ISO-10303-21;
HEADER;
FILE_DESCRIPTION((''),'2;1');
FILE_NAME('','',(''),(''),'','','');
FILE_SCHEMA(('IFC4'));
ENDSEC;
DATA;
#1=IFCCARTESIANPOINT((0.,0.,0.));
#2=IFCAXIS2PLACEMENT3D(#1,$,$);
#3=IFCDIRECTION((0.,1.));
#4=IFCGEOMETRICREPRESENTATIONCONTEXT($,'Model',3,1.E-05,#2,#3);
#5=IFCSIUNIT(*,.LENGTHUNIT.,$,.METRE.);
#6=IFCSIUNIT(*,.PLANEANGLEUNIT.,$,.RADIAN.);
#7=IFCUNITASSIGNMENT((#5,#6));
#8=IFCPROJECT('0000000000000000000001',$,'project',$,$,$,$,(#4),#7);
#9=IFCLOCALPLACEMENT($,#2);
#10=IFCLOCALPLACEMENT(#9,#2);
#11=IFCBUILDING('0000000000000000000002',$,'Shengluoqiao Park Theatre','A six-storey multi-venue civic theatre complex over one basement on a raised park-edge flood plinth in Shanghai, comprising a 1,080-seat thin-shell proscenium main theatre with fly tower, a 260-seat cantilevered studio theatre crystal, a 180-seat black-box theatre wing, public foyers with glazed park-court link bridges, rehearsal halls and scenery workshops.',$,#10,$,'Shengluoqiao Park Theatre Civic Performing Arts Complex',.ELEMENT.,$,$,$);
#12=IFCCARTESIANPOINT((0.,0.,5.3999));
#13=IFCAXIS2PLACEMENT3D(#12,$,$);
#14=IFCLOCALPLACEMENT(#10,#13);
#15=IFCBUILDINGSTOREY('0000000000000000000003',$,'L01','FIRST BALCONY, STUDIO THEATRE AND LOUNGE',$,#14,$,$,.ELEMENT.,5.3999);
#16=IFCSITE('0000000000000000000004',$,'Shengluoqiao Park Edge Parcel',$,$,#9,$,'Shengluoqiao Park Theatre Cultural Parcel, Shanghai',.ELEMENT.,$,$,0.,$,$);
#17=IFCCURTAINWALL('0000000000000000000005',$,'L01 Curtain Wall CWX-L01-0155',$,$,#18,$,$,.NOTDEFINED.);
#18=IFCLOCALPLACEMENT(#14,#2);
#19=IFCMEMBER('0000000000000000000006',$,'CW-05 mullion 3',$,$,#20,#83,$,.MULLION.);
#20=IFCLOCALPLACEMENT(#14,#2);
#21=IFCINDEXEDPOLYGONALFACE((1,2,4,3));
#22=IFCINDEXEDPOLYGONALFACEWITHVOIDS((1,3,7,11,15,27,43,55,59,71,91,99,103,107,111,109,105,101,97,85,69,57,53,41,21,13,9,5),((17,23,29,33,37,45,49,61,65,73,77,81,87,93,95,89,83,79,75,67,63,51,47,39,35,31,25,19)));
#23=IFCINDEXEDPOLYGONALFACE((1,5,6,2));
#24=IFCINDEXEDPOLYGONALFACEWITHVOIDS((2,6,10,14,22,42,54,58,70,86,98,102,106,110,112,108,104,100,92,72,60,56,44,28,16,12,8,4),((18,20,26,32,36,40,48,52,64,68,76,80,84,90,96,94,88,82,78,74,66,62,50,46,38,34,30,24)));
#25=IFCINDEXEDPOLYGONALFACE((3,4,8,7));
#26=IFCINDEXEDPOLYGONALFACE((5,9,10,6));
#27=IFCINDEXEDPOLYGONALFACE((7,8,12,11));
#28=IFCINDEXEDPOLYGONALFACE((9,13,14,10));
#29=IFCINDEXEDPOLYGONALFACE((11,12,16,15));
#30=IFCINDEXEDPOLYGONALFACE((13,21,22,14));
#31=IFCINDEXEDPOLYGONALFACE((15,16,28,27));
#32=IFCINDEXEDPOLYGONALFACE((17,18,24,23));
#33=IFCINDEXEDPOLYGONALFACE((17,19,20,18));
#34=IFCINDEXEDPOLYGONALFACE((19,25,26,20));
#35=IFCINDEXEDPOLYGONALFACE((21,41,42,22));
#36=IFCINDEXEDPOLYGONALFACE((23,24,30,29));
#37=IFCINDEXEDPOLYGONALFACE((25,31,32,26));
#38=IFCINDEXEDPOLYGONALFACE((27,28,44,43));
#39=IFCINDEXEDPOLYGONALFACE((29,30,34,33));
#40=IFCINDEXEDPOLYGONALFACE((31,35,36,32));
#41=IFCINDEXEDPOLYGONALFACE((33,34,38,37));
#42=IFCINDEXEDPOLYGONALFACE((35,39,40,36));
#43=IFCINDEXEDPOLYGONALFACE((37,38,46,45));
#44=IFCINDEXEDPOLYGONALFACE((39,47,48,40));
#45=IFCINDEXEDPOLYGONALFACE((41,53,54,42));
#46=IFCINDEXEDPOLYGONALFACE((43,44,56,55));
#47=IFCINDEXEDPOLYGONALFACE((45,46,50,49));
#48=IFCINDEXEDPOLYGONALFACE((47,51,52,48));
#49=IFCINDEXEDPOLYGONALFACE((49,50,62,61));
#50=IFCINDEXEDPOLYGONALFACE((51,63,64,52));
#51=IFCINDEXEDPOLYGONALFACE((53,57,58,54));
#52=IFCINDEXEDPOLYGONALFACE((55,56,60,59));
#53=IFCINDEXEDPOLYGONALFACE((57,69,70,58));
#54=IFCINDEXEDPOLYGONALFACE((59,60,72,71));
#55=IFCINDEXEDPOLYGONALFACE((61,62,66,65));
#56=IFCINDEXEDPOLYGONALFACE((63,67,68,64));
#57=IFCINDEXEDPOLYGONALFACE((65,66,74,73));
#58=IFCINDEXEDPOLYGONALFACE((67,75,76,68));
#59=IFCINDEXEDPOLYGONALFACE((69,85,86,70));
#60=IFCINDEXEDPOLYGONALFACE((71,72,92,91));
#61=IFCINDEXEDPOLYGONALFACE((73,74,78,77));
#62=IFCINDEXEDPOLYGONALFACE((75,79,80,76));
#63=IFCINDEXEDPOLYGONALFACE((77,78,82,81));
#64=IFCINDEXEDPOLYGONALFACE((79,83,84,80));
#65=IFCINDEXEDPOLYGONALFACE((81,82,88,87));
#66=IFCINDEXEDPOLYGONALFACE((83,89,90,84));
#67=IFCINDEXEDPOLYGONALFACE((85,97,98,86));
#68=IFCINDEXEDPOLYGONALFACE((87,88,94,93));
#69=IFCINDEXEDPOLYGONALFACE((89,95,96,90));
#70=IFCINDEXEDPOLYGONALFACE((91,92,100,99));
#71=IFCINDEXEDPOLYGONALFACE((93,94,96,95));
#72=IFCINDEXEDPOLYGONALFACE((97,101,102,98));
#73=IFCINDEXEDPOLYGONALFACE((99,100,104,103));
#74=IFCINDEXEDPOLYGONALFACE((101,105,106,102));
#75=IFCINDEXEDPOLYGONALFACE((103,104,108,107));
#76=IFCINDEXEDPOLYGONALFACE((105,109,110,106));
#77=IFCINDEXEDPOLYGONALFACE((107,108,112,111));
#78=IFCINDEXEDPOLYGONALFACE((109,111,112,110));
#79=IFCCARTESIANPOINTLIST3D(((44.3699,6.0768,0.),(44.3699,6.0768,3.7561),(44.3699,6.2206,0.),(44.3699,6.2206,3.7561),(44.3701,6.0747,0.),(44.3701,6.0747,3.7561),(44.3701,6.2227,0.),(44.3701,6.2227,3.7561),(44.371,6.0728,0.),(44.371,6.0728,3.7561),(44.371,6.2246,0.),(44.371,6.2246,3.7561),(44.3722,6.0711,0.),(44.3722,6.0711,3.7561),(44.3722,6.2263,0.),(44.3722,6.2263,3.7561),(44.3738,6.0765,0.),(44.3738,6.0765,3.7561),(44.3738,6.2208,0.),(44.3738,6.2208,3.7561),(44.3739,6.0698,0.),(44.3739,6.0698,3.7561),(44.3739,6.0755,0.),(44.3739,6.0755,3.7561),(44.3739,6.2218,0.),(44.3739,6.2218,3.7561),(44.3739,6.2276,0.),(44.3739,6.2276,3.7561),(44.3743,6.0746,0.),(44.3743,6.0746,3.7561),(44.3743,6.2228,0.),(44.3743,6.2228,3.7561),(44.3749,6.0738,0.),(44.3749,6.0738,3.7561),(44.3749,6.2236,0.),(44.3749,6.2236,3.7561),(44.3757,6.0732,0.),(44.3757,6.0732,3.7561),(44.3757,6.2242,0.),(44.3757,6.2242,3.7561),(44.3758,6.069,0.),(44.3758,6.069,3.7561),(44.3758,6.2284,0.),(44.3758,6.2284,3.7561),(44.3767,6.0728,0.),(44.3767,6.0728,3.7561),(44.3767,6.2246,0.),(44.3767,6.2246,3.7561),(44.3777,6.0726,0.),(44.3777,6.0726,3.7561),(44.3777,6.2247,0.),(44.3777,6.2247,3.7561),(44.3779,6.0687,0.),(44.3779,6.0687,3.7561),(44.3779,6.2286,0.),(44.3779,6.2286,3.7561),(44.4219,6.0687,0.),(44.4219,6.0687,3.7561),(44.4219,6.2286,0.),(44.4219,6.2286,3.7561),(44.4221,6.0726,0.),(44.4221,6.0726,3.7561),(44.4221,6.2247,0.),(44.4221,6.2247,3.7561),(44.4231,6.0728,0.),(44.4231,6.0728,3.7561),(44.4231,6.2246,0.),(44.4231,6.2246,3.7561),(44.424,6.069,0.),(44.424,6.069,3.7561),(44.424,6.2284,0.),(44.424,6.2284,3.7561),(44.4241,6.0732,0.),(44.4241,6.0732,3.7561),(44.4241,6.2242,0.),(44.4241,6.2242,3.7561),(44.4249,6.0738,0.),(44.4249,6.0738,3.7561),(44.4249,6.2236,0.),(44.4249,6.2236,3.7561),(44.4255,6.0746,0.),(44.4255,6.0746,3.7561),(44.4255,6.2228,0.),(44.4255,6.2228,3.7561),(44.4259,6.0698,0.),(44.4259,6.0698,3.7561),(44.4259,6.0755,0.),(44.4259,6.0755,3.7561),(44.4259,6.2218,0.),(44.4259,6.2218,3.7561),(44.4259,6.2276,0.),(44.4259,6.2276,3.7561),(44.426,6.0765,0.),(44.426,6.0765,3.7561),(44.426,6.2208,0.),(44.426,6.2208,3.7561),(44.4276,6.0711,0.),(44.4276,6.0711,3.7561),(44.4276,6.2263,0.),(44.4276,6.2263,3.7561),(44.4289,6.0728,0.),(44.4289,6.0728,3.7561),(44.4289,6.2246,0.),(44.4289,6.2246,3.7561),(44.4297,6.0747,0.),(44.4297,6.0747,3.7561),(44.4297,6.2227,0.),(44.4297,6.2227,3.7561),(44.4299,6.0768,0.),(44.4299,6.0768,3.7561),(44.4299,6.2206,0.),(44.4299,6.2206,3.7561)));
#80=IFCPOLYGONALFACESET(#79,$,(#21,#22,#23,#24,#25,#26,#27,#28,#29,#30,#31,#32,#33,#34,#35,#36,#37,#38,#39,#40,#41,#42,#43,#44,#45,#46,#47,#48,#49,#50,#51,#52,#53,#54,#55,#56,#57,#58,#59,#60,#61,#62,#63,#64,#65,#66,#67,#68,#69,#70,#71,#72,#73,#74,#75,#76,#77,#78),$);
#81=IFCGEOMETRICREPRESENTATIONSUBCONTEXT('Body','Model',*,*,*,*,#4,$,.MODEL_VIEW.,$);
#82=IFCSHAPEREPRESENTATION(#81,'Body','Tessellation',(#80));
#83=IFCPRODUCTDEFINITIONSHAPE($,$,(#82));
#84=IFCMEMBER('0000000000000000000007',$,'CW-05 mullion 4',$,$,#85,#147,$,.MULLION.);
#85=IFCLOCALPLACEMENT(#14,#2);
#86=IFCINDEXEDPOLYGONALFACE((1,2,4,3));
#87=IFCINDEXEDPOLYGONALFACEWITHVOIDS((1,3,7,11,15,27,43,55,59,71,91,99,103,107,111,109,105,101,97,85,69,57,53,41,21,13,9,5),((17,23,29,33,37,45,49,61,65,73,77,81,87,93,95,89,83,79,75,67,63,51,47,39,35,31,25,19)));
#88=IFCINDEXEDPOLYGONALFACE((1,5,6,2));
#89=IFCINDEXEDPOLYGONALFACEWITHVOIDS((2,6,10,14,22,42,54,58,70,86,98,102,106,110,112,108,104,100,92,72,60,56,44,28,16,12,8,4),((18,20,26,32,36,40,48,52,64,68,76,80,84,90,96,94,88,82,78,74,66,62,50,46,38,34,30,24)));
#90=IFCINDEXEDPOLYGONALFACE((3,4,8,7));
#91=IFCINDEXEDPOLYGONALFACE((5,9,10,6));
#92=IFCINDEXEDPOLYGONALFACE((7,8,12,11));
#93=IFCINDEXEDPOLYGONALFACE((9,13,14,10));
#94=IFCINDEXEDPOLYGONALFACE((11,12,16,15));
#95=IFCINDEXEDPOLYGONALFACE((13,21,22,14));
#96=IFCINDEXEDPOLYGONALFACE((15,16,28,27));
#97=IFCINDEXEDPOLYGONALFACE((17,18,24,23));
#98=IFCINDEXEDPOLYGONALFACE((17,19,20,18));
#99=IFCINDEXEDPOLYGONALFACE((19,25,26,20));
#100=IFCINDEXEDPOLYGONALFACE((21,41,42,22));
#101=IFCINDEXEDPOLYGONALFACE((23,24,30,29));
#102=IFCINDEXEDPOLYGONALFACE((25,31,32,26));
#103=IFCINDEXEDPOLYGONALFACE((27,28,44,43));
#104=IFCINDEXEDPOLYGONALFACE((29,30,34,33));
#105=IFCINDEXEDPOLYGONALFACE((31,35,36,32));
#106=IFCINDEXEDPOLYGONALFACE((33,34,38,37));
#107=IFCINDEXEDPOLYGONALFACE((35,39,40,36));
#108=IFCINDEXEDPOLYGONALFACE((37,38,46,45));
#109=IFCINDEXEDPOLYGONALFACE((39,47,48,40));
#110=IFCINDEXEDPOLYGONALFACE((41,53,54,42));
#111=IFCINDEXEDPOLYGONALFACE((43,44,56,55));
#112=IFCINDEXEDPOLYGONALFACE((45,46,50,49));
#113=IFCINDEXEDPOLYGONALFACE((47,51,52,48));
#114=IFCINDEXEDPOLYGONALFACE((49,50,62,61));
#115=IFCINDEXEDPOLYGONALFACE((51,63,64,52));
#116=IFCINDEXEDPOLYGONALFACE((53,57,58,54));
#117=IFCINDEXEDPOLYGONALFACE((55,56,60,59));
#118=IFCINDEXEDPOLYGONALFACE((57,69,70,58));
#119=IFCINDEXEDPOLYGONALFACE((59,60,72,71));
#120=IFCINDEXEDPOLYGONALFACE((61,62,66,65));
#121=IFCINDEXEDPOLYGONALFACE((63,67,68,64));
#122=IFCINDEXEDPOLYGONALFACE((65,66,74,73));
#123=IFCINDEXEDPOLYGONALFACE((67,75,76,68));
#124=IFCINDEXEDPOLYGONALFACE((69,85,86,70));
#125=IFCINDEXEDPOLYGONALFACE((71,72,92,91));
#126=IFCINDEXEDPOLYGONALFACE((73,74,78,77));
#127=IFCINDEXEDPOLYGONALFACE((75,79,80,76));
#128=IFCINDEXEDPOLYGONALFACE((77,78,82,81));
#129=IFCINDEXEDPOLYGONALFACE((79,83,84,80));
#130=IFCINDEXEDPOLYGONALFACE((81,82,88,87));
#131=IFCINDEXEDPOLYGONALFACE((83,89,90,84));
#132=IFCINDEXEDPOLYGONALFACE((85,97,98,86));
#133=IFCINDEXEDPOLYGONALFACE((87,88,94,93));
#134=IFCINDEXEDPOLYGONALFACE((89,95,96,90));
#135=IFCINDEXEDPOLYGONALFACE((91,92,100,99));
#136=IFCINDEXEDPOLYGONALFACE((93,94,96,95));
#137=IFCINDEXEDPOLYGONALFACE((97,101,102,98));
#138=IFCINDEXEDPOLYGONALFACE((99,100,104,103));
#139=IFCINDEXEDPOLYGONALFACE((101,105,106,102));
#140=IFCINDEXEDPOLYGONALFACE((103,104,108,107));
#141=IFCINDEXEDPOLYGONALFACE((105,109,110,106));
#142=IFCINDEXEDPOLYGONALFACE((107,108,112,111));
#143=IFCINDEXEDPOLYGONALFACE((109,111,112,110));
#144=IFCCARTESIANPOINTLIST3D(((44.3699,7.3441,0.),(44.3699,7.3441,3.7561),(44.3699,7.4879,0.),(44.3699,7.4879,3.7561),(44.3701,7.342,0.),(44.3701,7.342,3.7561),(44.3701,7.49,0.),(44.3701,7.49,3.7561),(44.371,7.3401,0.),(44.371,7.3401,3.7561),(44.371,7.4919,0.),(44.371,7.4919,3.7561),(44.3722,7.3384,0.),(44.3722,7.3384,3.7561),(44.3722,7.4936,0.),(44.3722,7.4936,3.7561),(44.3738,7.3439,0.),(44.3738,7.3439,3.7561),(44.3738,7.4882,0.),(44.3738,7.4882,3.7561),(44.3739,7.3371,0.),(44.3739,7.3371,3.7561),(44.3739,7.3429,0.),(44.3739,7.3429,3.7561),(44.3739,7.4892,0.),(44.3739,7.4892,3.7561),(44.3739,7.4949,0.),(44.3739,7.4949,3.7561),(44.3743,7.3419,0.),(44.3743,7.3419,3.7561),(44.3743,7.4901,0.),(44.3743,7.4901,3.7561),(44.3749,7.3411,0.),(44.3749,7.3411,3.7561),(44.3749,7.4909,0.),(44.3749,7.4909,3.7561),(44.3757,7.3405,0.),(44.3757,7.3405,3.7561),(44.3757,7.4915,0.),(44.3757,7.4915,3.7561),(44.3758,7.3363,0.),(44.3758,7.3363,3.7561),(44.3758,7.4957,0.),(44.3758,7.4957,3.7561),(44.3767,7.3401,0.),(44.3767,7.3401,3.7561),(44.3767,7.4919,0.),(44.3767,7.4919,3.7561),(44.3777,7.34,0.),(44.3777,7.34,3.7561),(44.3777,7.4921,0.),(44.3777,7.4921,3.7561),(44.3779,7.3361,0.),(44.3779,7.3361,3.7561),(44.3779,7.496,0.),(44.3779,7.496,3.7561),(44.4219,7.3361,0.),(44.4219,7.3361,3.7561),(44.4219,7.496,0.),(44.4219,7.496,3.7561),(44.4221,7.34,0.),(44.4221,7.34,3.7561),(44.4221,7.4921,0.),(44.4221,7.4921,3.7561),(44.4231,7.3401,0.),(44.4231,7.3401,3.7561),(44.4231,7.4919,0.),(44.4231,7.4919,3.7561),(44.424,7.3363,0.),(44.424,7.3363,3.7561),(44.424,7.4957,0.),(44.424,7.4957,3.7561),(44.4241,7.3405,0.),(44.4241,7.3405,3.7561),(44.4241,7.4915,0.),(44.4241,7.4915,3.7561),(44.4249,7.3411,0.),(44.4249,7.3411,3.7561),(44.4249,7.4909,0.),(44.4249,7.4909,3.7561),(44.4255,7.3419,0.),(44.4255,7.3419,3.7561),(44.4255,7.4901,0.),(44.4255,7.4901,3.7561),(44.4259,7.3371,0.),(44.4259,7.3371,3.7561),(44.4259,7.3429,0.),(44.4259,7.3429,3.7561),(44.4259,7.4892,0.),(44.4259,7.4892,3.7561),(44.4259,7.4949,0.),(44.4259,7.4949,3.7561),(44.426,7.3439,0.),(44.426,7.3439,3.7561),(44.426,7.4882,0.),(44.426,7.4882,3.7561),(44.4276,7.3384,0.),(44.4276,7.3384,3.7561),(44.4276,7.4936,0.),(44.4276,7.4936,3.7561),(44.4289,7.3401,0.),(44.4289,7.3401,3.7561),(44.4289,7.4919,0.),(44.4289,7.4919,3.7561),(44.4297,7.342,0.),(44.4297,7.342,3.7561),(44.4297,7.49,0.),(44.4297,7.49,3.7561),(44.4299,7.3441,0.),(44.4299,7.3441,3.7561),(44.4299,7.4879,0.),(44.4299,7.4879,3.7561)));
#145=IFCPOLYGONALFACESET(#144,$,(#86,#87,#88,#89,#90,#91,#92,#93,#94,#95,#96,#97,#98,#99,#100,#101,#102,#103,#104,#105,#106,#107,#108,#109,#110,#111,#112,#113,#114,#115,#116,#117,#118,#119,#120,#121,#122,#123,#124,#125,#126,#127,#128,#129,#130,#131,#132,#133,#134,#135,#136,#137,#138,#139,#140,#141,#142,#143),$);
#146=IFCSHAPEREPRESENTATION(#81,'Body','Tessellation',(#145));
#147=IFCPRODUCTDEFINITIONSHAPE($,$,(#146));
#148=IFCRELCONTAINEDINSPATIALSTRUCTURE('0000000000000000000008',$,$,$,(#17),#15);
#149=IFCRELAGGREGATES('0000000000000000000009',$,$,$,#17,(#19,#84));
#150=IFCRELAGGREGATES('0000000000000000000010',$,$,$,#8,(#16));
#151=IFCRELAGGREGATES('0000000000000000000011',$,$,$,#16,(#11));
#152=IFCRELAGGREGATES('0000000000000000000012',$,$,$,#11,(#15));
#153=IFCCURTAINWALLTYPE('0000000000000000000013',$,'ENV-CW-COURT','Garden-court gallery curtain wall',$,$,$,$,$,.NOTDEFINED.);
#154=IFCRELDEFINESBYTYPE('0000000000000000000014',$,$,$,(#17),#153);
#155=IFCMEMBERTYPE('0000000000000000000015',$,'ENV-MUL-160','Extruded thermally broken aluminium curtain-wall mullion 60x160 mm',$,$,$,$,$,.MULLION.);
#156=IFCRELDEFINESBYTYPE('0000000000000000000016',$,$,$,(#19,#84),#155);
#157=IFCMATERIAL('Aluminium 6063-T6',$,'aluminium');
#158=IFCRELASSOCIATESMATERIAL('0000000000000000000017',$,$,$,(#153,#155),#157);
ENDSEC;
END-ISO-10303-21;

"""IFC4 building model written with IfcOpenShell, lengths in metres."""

from ifc_helpers import new_model, si_unit, direction, frame, origin, origin_2d, place, context, subcontext, project, spatial, hollow_rectangle, extrude, material, material_profile, profile_set, type_object, element, aggregate, save


model = new_model("IFC4")

# Units and contexts
model_context = context("Model", 3, precision=1e-05, world=origin(), true_north=direction((0.0, 1.0)))
body_context = subcontext(model_context, "Body", "Model", "MODEL_VIEW")
ifc_project = project(units=[si_unit("LENGTHUNIT", "METRE"), si_unit("PLANEANGLEUNIT", "RADIAN")], contexts=[model_context])

# Site, building, storey
site_placement = place(None, origin())
site = spatial("IfcSite", under=ifc_project, at=site_placement, Name="Shengluoqiao Park Edge Parcel", LongName="Shengluoqiao Park Theatre Cultural Parcel, Shanghai", CompositionType="ELEMENT", RefElevation=0.0)
building_placement = place(site_placement, origin())
building = spatial("IfcBuilding", under=site, at=building_placement, Name="Shengluoqiao Park Theatre", Description="A six-storey multi-venue civic theatre complex over one basement on a raised park-edge flood plinth in Shanghai, comprising a 1,080-seat thin-shell proscenium main theatre with fly tower, a 260-seat cantilevered studio theatre crystal, a 180-seat black-box theatre wing, public foyers with glazed park-court link bridges, rehearsal halls and scenery workshops.", LongName="Shengluoqiao Park Theatre Civic Performing Arts Complex", CompositionType="ELEMENT")
storey_placement = place(building_placement, frame((0.0, 0.0, 5.3999)))
storey = spatial("IfcBuildingStorey", under=building, at=storey_placement, Name="L01", Description="FIRST BALCONY, STUDIO THEATRE AND LOUNGE", CompositionType="ELEMENT", Elevation=5.3999)

# Curtain wall, members
ifc_material_1 = material(Name="Aluminium 6063-T6", Category="aluminium")
curtain_wall_type = type_object("IfcCurtainWallType", Name="ENV-CW-COURT", Description="Garden-court gallery curtain wall", PredefinedType="NOTDEFINED", material=ifc_material_1)
curtain_wall_placement = place(storey_placement, origin())
curtain_wall = element("IfcCurtainWall", 1, at=curtain_wall_placement, inside=storey, type_object=curtain_wall_type, Name="L01 Curtain Wall CWX-L01-0155", PredefinedType="NOTDEFINED")
ifc_material_profile_1 = material_profile(ifc_material_1, hollow_rectangle(XDim=0.0601, YDim=0.1599, WallThickness=0.0039, InnerFilletRadius=0.0039, OuterFilletRadius=0.0081, at=origin_2d()), Name="ALU MULLION 160x60x4")
ifc_profile_set_1 = profile_set([ifc_material_profile_1], Name="Aluminium 6063-T6")
member_type_1 = type_object("IfcMemberType", Name="ENV-MUL-160", Description="Extruded thermally broken aluminium curtain-wall mullion 60x160 mm", PredefinedType="MULLION", material=ifc_profile_set_1)
member_1_placement = place(storey_placement, frame((44.3999, 6.1487, 0.0), z_axis=(0.0, 0.0, 1.0), x_axis=(-1.0, 0.0, 0.0)))
member_1 = element("IfcMember", 2, at=member_1_placement, type_object=member_type_1, Name="CW-05 mullion 3", PredefinedType="MULLION", context=body_context, shape_type="SweptSolid", body=[
    extrude(hollow_rectangle(XDim=0.0601, YDim=0.1599, WallThickness=0.0039, InnerFilletRadius=0.0039, OuterFilletRadius=0.0081, at=origin_2d()), origin(), (0.0, 0.0, 1.0), 3.7561),
])
member_2_placement = place(storey_placement, frame((44.3999, 7.416, 0.0), z_axis=(0.0, 0.0, 1.0), x_axis=(-1.0, 0.0, 0.0)))
member_2 = element("IfcMember", 3, at=member_2_placement, type_object=member_type_1, Name="CW-05 mullion 4", PredefinedType="MULLION", context=body_context, shape_type="SweptSolid", body=[
    extrude(hollow_rectangle(XDim=0.0601, YDim=0.1599, WallThickness=0.0039, InnerFilletRadius=0.0039, OuterFilletRadius=0.0081, at=origin_2d()), origin(), (0.0, 0.0, 1.0), 3.7561),
])

aggregate(curtain_wall, [member_1, member_2])

save(model, "model.ifc")
